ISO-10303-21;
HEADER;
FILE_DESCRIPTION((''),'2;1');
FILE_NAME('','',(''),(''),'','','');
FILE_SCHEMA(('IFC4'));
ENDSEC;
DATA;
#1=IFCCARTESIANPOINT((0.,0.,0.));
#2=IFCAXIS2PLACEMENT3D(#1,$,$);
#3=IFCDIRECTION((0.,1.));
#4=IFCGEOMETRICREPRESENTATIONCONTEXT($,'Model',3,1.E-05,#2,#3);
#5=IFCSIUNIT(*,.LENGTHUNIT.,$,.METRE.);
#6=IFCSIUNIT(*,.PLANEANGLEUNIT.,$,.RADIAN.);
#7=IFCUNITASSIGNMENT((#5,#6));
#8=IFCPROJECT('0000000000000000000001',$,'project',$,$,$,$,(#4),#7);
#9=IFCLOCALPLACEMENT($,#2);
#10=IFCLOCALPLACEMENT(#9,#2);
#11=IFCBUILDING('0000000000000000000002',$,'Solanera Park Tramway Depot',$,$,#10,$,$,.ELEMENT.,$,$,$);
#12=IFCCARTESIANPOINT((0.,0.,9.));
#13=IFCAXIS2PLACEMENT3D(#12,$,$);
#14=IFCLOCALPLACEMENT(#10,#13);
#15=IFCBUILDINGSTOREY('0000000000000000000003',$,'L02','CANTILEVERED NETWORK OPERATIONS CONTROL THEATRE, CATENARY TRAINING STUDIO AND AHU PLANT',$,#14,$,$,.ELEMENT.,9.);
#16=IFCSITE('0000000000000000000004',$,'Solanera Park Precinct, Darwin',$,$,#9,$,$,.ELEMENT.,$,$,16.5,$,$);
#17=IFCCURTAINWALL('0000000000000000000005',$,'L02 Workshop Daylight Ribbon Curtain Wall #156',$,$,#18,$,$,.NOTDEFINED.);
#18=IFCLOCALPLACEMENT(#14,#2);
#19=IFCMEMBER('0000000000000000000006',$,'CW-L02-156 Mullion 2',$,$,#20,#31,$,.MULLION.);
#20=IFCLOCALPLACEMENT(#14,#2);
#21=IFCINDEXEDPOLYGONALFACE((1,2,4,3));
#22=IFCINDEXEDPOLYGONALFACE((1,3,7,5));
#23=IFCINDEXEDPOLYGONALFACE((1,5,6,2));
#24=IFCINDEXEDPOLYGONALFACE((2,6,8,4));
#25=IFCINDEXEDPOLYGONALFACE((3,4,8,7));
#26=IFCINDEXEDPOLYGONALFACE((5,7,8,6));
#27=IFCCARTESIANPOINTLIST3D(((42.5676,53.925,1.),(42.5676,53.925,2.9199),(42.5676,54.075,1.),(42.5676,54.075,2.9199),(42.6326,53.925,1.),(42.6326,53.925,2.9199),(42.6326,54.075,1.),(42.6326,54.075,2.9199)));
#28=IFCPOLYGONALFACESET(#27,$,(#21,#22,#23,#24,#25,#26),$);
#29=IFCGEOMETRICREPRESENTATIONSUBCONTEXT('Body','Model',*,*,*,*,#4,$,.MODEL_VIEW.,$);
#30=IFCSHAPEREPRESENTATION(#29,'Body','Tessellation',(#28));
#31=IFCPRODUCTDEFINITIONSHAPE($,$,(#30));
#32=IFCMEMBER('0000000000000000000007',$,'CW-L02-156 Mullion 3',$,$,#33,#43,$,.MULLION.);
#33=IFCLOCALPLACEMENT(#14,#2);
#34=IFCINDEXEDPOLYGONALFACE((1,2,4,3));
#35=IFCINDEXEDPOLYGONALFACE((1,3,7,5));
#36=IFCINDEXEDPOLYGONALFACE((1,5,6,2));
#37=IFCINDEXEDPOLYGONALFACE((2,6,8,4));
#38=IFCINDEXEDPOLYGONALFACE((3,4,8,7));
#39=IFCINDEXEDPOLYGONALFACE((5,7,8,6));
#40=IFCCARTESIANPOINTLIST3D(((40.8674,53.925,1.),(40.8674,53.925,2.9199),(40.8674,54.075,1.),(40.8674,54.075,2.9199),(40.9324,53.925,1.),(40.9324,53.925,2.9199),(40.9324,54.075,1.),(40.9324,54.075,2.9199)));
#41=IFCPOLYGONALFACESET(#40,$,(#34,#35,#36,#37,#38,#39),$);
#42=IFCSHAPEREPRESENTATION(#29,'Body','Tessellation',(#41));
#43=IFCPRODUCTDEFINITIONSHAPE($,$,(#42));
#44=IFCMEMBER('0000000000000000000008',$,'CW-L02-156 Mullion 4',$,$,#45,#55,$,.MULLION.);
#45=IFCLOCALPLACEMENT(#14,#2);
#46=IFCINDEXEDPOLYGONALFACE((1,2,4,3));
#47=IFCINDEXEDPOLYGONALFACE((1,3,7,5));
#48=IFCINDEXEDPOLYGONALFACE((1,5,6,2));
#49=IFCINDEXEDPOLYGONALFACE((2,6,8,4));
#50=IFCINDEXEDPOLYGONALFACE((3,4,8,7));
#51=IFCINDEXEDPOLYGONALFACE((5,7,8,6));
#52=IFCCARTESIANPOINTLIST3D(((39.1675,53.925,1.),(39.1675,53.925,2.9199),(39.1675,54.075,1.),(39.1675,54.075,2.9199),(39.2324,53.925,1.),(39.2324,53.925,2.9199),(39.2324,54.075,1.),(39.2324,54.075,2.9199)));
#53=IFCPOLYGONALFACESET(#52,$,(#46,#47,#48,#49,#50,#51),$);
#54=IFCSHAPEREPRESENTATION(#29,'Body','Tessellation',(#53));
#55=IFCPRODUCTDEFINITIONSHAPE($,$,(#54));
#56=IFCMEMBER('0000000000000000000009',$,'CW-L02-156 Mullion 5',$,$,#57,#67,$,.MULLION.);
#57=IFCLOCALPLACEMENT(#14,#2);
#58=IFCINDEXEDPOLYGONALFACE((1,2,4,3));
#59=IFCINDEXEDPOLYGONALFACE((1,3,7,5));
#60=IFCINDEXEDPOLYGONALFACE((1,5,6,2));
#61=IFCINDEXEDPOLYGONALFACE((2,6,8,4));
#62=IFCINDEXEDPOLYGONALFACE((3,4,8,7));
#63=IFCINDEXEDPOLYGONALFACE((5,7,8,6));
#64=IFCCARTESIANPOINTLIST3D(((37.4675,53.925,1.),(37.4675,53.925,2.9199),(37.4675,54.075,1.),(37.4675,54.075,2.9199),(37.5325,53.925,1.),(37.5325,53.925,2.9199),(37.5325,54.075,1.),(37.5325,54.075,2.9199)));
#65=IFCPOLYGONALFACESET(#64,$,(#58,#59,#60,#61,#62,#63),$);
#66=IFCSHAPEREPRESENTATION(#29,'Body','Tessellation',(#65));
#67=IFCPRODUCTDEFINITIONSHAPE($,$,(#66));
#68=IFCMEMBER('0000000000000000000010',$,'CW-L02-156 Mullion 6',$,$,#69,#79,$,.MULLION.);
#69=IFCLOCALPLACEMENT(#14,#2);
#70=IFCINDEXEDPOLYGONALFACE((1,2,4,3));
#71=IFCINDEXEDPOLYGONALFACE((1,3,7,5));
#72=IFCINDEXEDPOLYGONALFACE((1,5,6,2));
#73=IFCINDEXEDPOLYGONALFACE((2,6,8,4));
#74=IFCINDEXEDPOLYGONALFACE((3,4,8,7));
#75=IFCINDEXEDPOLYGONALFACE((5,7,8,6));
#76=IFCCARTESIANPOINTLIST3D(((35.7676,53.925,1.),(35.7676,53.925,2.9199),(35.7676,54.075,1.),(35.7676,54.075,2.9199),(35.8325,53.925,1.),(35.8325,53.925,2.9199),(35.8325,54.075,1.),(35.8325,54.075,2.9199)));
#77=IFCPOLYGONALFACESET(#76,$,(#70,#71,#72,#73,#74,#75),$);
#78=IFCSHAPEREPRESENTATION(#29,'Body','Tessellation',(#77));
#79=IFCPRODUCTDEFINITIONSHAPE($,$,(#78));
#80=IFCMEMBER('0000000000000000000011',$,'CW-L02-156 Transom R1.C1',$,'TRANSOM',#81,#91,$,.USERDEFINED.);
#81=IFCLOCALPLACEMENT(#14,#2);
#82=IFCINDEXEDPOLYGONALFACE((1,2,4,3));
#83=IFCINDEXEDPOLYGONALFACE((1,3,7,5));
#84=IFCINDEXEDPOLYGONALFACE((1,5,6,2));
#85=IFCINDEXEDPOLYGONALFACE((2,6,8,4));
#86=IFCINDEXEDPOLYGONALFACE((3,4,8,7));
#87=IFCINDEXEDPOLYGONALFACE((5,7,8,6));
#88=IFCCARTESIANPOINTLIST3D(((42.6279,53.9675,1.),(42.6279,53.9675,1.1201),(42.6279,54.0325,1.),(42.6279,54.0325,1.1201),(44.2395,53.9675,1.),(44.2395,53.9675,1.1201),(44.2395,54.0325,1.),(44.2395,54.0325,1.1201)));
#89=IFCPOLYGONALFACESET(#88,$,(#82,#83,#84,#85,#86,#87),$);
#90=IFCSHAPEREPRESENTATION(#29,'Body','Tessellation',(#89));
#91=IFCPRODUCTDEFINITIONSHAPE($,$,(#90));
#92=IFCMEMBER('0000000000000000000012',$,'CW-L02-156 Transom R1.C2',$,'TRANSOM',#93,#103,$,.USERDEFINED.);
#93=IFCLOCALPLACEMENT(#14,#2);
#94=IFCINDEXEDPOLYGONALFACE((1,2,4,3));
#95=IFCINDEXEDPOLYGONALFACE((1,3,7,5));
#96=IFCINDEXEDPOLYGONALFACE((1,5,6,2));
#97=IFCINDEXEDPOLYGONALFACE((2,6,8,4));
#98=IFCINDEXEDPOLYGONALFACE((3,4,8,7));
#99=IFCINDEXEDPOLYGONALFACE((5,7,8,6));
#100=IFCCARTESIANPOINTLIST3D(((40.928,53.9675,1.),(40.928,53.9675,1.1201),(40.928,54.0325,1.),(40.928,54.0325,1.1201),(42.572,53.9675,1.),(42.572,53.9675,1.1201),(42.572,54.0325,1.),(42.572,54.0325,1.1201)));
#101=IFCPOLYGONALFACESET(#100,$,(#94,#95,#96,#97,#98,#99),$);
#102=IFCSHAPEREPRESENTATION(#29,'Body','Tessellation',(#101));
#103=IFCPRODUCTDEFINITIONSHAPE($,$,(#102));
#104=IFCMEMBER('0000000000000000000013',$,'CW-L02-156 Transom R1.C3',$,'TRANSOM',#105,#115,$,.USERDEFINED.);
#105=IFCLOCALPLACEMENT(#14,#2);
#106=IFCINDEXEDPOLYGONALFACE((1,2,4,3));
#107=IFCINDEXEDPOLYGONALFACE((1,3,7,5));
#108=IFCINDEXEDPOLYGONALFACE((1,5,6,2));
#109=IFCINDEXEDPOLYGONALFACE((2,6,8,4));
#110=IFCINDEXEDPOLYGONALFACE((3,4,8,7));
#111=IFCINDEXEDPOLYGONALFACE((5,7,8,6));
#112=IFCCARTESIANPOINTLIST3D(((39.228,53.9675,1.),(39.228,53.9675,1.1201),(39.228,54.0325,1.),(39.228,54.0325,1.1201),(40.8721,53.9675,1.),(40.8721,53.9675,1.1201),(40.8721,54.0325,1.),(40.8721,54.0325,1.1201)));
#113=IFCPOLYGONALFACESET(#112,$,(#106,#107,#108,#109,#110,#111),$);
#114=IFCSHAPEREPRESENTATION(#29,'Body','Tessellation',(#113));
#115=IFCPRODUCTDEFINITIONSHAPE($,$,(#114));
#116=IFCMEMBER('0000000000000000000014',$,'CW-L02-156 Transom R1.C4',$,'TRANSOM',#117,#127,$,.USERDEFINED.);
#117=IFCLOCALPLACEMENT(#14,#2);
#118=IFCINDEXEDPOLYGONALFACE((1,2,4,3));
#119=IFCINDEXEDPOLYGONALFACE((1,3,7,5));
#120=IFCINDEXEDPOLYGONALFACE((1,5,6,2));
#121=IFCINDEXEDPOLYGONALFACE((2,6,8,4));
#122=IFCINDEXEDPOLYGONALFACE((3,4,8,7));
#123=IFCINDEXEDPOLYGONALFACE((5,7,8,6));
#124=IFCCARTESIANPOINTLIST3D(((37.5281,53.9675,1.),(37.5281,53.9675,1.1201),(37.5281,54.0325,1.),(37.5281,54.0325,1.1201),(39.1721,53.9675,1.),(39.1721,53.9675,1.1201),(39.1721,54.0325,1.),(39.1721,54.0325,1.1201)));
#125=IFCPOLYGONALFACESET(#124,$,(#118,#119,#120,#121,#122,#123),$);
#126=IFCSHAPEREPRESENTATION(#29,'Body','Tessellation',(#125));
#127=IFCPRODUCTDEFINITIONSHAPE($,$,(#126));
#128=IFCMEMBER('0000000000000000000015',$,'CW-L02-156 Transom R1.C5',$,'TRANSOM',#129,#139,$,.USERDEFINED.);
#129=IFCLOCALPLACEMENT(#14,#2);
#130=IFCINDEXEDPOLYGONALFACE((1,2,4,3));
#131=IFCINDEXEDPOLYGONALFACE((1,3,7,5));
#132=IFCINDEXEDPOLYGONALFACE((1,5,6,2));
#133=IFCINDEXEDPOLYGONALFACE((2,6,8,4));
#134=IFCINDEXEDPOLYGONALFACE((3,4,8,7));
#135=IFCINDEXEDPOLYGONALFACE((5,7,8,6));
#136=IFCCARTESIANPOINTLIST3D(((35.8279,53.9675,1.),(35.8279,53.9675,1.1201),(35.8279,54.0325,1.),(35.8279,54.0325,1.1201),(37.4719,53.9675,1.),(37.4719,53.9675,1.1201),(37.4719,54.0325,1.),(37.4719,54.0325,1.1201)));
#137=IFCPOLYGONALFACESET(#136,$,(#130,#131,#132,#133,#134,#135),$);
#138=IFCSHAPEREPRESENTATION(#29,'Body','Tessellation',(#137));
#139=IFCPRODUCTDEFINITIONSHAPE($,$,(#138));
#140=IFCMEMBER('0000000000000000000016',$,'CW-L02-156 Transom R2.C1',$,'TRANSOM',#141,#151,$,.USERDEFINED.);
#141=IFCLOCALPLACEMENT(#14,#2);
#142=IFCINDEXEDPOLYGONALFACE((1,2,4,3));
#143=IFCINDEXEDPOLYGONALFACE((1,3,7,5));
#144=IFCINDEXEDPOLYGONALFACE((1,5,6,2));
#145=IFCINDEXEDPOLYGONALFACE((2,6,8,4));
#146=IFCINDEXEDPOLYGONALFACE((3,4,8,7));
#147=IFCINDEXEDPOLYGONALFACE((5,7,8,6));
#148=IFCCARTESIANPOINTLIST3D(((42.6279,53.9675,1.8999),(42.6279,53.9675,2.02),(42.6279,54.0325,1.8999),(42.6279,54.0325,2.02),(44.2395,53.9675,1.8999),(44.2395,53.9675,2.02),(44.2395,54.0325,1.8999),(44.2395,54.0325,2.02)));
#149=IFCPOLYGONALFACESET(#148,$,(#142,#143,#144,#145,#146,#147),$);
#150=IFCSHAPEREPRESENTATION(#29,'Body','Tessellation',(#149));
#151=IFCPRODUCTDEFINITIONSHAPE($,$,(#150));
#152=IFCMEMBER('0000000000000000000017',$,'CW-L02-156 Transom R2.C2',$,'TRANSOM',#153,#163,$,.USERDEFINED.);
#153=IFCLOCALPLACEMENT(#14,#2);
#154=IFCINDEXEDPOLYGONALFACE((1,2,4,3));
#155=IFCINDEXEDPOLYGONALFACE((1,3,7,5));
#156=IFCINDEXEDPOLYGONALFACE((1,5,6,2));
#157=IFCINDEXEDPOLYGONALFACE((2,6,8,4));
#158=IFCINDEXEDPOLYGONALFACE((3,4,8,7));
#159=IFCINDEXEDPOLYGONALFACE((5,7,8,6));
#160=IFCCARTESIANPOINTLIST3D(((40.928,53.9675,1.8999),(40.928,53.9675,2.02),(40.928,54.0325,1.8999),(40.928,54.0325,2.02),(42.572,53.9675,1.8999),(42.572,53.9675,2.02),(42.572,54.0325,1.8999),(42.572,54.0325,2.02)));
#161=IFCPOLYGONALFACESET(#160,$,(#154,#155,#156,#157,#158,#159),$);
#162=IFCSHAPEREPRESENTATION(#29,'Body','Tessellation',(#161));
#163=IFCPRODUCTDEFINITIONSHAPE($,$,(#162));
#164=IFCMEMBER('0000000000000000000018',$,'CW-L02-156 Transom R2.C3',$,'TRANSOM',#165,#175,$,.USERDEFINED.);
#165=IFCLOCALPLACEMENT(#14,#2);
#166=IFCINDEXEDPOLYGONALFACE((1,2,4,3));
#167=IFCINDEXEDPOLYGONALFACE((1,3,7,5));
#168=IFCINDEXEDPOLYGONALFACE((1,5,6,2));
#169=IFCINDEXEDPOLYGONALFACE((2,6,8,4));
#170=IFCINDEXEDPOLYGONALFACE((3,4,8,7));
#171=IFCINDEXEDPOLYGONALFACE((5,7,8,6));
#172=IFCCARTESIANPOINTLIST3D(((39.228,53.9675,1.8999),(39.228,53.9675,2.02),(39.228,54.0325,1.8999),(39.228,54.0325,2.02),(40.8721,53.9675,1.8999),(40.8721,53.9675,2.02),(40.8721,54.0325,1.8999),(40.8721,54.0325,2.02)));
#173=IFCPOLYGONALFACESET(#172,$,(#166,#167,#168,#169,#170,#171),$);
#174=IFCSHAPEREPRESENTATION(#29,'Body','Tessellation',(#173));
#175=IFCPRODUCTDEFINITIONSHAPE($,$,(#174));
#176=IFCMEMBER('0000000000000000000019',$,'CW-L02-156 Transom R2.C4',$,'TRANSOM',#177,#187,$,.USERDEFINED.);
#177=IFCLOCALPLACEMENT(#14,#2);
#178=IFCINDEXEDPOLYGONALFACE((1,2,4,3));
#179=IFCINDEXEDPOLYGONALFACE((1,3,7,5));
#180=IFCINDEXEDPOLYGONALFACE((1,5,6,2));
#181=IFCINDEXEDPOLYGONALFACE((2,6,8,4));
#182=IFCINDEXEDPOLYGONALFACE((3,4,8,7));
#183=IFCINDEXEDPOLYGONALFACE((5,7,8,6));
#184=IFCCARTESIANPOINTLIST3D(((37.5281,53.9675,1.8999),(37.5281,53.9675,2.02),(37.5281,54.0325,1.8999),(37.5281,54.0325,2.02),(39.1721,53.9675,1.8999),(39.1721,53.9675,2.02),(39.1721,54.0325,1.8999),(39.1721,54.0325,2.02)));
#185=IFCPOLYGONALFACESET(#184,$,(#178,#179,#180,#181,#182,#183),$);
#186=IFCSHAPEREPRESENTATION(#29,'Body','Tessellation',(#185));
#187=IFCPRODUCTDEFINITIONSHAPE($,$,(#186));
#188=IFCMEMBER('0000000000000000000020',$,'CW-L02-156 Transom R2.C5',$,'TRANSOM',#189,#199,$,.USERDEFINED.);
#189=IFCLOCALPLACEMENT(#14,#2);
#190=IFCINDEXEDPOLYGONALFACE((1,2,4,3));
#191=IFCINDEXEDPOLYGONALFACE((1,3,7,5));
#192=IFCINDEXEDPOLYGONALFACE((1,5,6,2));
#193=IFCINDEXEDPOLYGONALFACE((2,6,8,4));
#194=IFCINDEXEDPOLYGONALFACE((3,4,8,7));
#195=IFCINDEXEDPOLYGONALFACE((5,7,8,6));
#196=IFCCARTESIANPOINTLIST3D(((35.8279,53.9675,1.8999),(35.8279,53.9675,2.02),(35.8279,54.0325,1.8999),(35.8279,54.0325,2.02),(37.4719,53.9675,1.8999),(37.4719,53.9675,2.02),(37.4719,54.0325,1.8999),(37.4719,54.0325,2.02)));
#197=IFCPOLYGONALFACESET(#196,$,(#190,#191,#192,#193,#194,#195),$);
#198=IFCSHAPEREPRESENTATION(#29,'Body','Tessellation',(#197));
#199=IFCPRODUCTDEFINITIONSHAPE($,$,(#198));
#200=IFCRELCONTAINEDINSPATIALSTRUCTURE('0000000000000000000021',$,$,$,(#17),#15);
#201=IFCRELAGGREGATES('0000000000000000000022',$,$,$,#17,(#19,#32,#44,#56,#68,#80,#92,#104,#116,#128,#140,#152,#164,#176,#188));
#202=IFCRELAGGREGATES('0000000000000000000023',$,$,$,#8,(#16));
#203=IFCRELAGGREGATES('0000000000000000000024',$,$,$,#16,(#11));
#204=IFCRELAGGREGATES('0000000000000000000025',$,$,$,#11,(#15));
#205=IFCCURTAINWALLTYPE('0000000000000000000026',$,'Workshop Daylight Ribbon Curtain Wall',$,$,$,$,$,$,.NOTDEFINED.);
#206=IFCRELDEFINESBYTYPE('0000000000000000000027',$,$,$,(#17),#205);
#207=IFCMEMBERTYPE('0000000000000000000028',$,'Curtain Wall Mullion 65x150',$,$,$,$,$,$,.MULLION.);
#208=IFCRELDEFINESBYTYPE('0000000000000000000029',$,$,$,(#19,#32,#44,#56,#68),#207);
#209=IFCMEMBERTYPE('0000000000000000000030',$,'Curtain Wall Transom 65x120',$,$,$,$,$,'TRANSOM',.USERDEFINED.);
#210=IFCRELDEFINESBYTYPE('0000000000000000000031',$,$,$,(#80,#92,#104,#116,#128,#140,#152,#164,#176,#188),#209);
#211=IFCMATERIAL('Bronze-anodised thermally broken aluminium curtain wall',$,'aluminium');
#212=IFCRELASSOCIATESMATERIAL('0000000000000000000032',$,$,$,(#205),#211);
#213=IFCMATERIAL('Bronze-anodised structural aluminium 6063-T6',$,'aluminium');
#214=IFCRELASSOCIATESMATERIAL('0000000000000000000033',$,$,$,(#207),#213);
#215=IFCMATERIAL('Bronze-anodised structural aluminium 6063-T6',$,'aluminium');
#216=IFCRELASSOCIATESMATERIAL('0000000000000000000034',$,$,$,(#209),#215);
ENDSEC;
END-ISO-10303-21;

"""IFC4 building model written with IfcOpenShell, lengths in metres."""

from ifc_helpers import new_model, si_unit, direction, frame, origin, origin_2d, place, context, subcontext, project, spatial, rectangle, extrude, material, material_profile, profile_set, type_object, element, aggregate, save


model = new_model("IFC4")

# Units and contexts
model_context = context("Model", 3, precision=1e-05, world=origin(), true_north=direction((0.0, 1.0)))
body_context = subcontext(model_context, "Body", "Model", "MODEL_VIEW")
ifc_project = project(units=[si_unit("LENGTHUNIT", "METRE"), si_unit("PLANEANGLEUNIT", "RADIAN")], contexts=[model_context])

# Site, building, storey
site_placement = place(None, origin())
site = spatial("IfcSite", under=ifc_project, at=site_placement, Name="Solanera Park Precinct, Darwin", CompositionType="ELEMENT", RefElevation=16.5)
building_placement = place(site_placement, origin())
building = spatial("IfcBuilding", under=site, at=building_placement, Name="Solanera Park Tramway Depot", CompositionType="ELEMENT")
storey_placement = place(building_placement, frame((0.0, 0.0, 9.0)))
storey = spatial("IfcBuildingStorey", under=building, at=storey_placement, Name="L02", Description="CANTILEVERED NETWORK OPERATIONS CONTROL THEATRE, CATENARY TRAINING STUDIO AND AHU PLANT", CompositionType="ELEMENT", Elevation=9.0)

# Curtain wall, members
ifc_material_1 = material(Name="Bronze-anodised thermally broken aluminium curtain wall", Category="aluminium")
curtain_wall_type = type_object("IfcCurtainWallType", Name="Workshop Daylight Ribbon Curtain Wall", PredefinedType="NOTDEFINED", material=ifc_material_1)
curtain_wall_placement = place(storey_placement, origin())
curtain_wall = element("IfcCurtainWall", 1, at=curtain_wall_placement, inside=storey, type_object=curtain_wall_type, Name="L02 Workshop Daylight Ribbon Curtain Wall #156", PredefinedType="NOTDEFINED")
ifc_material_2 = material(Name="Bronze-anodised structural aluminium 6063-T6", Category="aluminium")
ifc_material_profile_1 = material_profile(ifc_material_2, rectangle(XDim=0.0649, YDim=0.1499, at=origin_2d()), Name="Curtain Wall Mullion 65x150")
ifc_profile_set_1 = profile_set([ifc_material_profile_1], Name="Bronze-anodised structural aluminium 6063-T6")
member_type_1 = type_object("IfcMemberType", Name="Curtain Wall Mullion 65x150", PredefinedType="MULLION", material=ifc_profile_set_1)
member_1_placement = place(storey_placement, frame((42.6001, 54.0, 1.0), z_axis=(0.0, 0.0, 1.0), x_axis=(1.0, 0.0, 0.0)))
member_1 = element("IfcMember", 2, at=member_1_placement, type_object=member_type_1, Name="CW-L02-156 Mullion 2", PredefinedType="MULLION", context=body_context, shape_type="SweptSolid", body=[
    extrude(rectangle(XDim=0.0649, YDim=0.1499, at=origin_2d()), origin(), (0.0, 0.0, 1.0), 1.9199),
])
member_2_placement = place(storey_placement, frame((40.8999, 54.0, 1.0), z_axis=(0.0, 0.0, 1.0), x_axis=(1.0, 0.0, 0.0)))
member_2 = element("IfcMember", 3, at=member_2_placement, type_object=member_type_1, Name="CW-L02-156 Mullion 3", PredefinedType="MULLION", context=body_context, shape_type="SweptSolid", body=[
    extrude(rectangle(XDim=0.0649, YDim=0.1499, at=origin_2d()), origin(), (0.0, 0.0, 1.0), 1.9199),
])
member_3_placement = place(storey_placement, frame((39.2, 54.0, 1.0), z_axis=(0.0, 0.0, 1.0), x_axis=(1.0, 0.0, 0.0)))
member_3 = element("IfcMember", 4, at=member_3_placement, type_object=member_type_1, Name="CW-L02-156 Mullion 4", PredefinedType="MULLION", context=body_context, shape_type="SweptSolid", body=[
    extrude(rectangle(XDim=0.0649, YDim=0.1499, at=origin_2d()), origin(), (0.0, 0.0, 1.0), 1.9199),
])
member_4_placement = place(storey_placement, frame((37.5, 54.0, 1.0), z_axis=(0.0, 0.0, 1.0), x_axis=(1.0, 0.0, 0.0)))
member_4 = element("IfcMember", 5, at=member_4_placement, type_object=member_type_1, Name="CW-L02-156 Mullion 5", PredefinedType="MULLION", context=body_context, shape_type="SweptSolid", body=[
    extrude(rectangle(XDim=0.0649, YDim=0.1499, at=origin_2d()), origin(), (0.0, 0.0, 1.0), 1.9199),
])
member_5_placement = place(storey_placement, frame((35.8, 54.0, 1.0), z_axis=(0.0, 0.0, 1.0), x_axis=(1.0, 0.0, 0.0)))
member_5 = element("IfcMember", 6, at=member_5_placement, type_object=member_type_1, Name="CW-L02-156 Mullion 6", PredefinedType="MULLION", context=body_context, shape_type="SweptSolid", body=[
    extrude(rectangle(XDim=0.0649, YDim=0.1499, at=origin_2d()), origin(), (0.0, 0.0, 1.0), 1.9199),
])
ifc_material_3 = material(Name="Bronze-anodised structural aluminium 6063-T6", Category="aluminium")
ifc_material_profile_2 = material_profile(ifc_material_3, rectangle(XDim=0.0649, YDim=0.1201, at=origin_2d()), Name="Curtain Wall Transom 65x120")
ifc_profile_set_2 = profile_set([ifc_material_profile_2], Name="Bronze-anodised structural aluminium 6063-T6")
member_type_2 = type_object("IfcMemberType", Name="Curtain Wall Transom 65x120", ElementType="TRANSOM", PredefinedType="USERDEFINED", material=ifc_profile_set_2)
member_6_placement = place(storey_placement, frame((44.2395, 54.0, 1.0601), z_axis=(-1.0, 0.0, 0.0), x_axis=(0.0, -1.0, 0.0)))
member_6 = element("IfcMember", 7, at=member_6_placement, type_object=member_type_2, Name="CW-L02-156 Transom R1.C1", ObjectType="TRANSOM", PredefinedType="USERDEFINED", context=body_context, shape_type="SweptSolid", body=[
    extrude(rectangle(XDim=0.0649, YDim=0.1201, at=origin_2d()), origin(), (0.0, 0.0, 1.0), 1.6116),
])
member_7_placement = place(storey_placement, frame((42.572, 54.0, 1.0601), z_axis=(-1.0, 0.0, 0.0), x_axis=(0.0, -1.0, 0.0)))
member_7 = element("IfcMember", 8, at=member_7_placement, type_object=member_type_2, Name="CW-L02-156 Transom R1.C2", ObjectType="TRANSOM", PredefinedType="USERDEFINED", context=body_context, shape_type="SweptSolid", body=[
    extrude(rectangle(XDim=0.0649, YDim=0.1201, at=origin_2d()), origin(), (0.0, 0.0, 1.0), 1.644),
])
member_8_placement = place(storey_placement, frame((40.8721, 54.0, 1.0601), z_axis=(-1.0, 0.0, 0.0), x_axis=(0.0, -1.0, 0.0)))
member_8 = element("IfcMember", 9, at=member_8_placement, type_object=member_type_2, Name="CW-L02-156 Transom R1.C3", ObjectType="TRANSOM", PredefinedType="USERDEFINED", context=body_context, shape_type="SweptSolid", body=[
    extrude(rectangle(XDim=0.0649, YDim=0.1201, at=origin_2d()), origin(), (0.0, 0.0, 1.0), 1.644),
])
member_9_placement = place(storey_placement, frame((39.1721, 54.0, 1.0601), z_axis=(-1.0, 0.0, 0.0), x_axis=(0.0, -1.0, 0.0)))
member_9 = element("IfcMember", 10, at=member_9_placement, type_object=member_type_2, Name="CW-L02-156 Transom R1.C4", ObjectType="TRANSOM", PredefinedType="USERDEFINED", context=body_context, shape_type="SweptSolid", body=[
    extrude(rectangle(XDim=0.0649, YDim=0.1201, at=origin_2d()), origin(), (0.0, 0.0, 1.0), 1.644),
])
member_10_placement = place(storey_placement, frame((37.4719, 54.0, 1.0601), z_axis=(-1.0, 0.0, 0.0), x_axis=(0.0, -1.0, 0.0)))
member_10 = element("IfcMember", 11, at=member_10_placement, type_object=member_type_2, Name="CW-L02-156 Transom R1.C5", ObjectType="TRANSOM", PredefinedType="USERDEFINED", context=body_context, shape_type="SweptSolid", body=[
    extrude(rectangle(XDim=0.0649, YDim=0.1201, at=origin_2d()), origin(), (0.0, 0.0, 1.0), 1.644),
])
member_11_placement = place(storey_placement, frame((44.2395, 54.0, 1.96), z_axis=(-1.0, 0.0, 0.0), x_axis=(0.0, -1.0, 0.0)))
member_11 = element("IfcMember", 12, at=member_11_placement, type_object=member_type_2, Name="CW-L02-156 Transom R2.C1", ObjectType="TRANSOM", PredefinedType="USERDEFINED", context=body_context, shape_type="SweptSolid", body=[
    extrude(rectangle(XDim=0.0649, YDim=0.1201, at=origin_2d()), origin(), (0.0, 0.0, 1.0), 1.6116),
])
member_12_placement = place(storey_placement, frame((42.572, 54.0, 1.96), z_axis=(-1.0, 0.0, 0.0), x_axis=(0.0, -1.0, 0.0)))
member_12 = element("IfcMember", 13, at=member_12_placement, type_object=member_type_2, Name="CW-L02-156 Transom R2.C2", ObjectType="TRANSOM", PredefinedType="USERDEFINED", context=body_context, shape_type="SweptSolid", body=[
    extrude(rectangle(XDim=0.0649, YDim=0.1201, at=origin_2d()), origin(), (0.0, 0.0, 1.0), 1.644),
])
member_13_placement = place(storey_placement, frame((40.8721, 54.0, 1.96), z_axis=(-1.0, 0.0, 0.0), x_axis=(0.0, -1.0, 0.0)))
member_13 = element("IfcMember", 14, at=member_13_placement, type_object=member_type_2, Name="CW-L02-156 Transom R2.C3", ObjectType="TRANSOM", PredefinedType="USERDEFINED", context=body_context, shape_type="SweptSolid", body=[
    extrude(rectangle(XDim=0.0649, YDim=0.1201, at=origin_2d()), origin(), (0.0, 0.0, 1.0), 1.644),
])
member_14_placement = place(storey_placement, frame((39.1721, 54.0, 1.96), z_axis=(-1.0, 0.0, 0.0), x_axis=(0.0, -1.0, 0.0)))
member_14 = element("IfcMember", 15, at=member_14_placement, type_object=member_type_2, Name="CW-L02-156 Transom R2.C4", ObjectType="TRANSOM", PredefinedType="USERDEFINED", context=body_context, shape_type="SweptSolid", body=[
    extrude(rectangle(XDim=0.0649, YDim=0.1201, at=origin_2d()), origin(), (0.0, 0.0, 1.0), 1.644),
])
member_15_placement = place(storey_placement, frame((37.4719, 54.0, 1.96), z_axis=(-1.0, 0.0, 0.0), x_axis=(0.0, -1.0, 0.0)))
member_15 = element("IfcMember", 16, at=member_15_placement, type_object=member_type_2, Name="CW-L02-156 Transom R2.C5", ObjectType="TRANSOM", PredefinedType="USERDEFINED", context=body_context, shape_type="SweptSolid", body=[
    extrude(rectangle(XDim=0.0649, YDim=0.1201, at=origin_2d()), origin(), (0.0, 0.0, 1.0), 1.644),
])
aggregate(curtain_wall, [member_1, member_2, member_3, member_4, member_5, member_6, member_7, member_8, member_9, member_10, member_11, member_12, member_13, member_14, member_15])

save(model, "model.ifc")
